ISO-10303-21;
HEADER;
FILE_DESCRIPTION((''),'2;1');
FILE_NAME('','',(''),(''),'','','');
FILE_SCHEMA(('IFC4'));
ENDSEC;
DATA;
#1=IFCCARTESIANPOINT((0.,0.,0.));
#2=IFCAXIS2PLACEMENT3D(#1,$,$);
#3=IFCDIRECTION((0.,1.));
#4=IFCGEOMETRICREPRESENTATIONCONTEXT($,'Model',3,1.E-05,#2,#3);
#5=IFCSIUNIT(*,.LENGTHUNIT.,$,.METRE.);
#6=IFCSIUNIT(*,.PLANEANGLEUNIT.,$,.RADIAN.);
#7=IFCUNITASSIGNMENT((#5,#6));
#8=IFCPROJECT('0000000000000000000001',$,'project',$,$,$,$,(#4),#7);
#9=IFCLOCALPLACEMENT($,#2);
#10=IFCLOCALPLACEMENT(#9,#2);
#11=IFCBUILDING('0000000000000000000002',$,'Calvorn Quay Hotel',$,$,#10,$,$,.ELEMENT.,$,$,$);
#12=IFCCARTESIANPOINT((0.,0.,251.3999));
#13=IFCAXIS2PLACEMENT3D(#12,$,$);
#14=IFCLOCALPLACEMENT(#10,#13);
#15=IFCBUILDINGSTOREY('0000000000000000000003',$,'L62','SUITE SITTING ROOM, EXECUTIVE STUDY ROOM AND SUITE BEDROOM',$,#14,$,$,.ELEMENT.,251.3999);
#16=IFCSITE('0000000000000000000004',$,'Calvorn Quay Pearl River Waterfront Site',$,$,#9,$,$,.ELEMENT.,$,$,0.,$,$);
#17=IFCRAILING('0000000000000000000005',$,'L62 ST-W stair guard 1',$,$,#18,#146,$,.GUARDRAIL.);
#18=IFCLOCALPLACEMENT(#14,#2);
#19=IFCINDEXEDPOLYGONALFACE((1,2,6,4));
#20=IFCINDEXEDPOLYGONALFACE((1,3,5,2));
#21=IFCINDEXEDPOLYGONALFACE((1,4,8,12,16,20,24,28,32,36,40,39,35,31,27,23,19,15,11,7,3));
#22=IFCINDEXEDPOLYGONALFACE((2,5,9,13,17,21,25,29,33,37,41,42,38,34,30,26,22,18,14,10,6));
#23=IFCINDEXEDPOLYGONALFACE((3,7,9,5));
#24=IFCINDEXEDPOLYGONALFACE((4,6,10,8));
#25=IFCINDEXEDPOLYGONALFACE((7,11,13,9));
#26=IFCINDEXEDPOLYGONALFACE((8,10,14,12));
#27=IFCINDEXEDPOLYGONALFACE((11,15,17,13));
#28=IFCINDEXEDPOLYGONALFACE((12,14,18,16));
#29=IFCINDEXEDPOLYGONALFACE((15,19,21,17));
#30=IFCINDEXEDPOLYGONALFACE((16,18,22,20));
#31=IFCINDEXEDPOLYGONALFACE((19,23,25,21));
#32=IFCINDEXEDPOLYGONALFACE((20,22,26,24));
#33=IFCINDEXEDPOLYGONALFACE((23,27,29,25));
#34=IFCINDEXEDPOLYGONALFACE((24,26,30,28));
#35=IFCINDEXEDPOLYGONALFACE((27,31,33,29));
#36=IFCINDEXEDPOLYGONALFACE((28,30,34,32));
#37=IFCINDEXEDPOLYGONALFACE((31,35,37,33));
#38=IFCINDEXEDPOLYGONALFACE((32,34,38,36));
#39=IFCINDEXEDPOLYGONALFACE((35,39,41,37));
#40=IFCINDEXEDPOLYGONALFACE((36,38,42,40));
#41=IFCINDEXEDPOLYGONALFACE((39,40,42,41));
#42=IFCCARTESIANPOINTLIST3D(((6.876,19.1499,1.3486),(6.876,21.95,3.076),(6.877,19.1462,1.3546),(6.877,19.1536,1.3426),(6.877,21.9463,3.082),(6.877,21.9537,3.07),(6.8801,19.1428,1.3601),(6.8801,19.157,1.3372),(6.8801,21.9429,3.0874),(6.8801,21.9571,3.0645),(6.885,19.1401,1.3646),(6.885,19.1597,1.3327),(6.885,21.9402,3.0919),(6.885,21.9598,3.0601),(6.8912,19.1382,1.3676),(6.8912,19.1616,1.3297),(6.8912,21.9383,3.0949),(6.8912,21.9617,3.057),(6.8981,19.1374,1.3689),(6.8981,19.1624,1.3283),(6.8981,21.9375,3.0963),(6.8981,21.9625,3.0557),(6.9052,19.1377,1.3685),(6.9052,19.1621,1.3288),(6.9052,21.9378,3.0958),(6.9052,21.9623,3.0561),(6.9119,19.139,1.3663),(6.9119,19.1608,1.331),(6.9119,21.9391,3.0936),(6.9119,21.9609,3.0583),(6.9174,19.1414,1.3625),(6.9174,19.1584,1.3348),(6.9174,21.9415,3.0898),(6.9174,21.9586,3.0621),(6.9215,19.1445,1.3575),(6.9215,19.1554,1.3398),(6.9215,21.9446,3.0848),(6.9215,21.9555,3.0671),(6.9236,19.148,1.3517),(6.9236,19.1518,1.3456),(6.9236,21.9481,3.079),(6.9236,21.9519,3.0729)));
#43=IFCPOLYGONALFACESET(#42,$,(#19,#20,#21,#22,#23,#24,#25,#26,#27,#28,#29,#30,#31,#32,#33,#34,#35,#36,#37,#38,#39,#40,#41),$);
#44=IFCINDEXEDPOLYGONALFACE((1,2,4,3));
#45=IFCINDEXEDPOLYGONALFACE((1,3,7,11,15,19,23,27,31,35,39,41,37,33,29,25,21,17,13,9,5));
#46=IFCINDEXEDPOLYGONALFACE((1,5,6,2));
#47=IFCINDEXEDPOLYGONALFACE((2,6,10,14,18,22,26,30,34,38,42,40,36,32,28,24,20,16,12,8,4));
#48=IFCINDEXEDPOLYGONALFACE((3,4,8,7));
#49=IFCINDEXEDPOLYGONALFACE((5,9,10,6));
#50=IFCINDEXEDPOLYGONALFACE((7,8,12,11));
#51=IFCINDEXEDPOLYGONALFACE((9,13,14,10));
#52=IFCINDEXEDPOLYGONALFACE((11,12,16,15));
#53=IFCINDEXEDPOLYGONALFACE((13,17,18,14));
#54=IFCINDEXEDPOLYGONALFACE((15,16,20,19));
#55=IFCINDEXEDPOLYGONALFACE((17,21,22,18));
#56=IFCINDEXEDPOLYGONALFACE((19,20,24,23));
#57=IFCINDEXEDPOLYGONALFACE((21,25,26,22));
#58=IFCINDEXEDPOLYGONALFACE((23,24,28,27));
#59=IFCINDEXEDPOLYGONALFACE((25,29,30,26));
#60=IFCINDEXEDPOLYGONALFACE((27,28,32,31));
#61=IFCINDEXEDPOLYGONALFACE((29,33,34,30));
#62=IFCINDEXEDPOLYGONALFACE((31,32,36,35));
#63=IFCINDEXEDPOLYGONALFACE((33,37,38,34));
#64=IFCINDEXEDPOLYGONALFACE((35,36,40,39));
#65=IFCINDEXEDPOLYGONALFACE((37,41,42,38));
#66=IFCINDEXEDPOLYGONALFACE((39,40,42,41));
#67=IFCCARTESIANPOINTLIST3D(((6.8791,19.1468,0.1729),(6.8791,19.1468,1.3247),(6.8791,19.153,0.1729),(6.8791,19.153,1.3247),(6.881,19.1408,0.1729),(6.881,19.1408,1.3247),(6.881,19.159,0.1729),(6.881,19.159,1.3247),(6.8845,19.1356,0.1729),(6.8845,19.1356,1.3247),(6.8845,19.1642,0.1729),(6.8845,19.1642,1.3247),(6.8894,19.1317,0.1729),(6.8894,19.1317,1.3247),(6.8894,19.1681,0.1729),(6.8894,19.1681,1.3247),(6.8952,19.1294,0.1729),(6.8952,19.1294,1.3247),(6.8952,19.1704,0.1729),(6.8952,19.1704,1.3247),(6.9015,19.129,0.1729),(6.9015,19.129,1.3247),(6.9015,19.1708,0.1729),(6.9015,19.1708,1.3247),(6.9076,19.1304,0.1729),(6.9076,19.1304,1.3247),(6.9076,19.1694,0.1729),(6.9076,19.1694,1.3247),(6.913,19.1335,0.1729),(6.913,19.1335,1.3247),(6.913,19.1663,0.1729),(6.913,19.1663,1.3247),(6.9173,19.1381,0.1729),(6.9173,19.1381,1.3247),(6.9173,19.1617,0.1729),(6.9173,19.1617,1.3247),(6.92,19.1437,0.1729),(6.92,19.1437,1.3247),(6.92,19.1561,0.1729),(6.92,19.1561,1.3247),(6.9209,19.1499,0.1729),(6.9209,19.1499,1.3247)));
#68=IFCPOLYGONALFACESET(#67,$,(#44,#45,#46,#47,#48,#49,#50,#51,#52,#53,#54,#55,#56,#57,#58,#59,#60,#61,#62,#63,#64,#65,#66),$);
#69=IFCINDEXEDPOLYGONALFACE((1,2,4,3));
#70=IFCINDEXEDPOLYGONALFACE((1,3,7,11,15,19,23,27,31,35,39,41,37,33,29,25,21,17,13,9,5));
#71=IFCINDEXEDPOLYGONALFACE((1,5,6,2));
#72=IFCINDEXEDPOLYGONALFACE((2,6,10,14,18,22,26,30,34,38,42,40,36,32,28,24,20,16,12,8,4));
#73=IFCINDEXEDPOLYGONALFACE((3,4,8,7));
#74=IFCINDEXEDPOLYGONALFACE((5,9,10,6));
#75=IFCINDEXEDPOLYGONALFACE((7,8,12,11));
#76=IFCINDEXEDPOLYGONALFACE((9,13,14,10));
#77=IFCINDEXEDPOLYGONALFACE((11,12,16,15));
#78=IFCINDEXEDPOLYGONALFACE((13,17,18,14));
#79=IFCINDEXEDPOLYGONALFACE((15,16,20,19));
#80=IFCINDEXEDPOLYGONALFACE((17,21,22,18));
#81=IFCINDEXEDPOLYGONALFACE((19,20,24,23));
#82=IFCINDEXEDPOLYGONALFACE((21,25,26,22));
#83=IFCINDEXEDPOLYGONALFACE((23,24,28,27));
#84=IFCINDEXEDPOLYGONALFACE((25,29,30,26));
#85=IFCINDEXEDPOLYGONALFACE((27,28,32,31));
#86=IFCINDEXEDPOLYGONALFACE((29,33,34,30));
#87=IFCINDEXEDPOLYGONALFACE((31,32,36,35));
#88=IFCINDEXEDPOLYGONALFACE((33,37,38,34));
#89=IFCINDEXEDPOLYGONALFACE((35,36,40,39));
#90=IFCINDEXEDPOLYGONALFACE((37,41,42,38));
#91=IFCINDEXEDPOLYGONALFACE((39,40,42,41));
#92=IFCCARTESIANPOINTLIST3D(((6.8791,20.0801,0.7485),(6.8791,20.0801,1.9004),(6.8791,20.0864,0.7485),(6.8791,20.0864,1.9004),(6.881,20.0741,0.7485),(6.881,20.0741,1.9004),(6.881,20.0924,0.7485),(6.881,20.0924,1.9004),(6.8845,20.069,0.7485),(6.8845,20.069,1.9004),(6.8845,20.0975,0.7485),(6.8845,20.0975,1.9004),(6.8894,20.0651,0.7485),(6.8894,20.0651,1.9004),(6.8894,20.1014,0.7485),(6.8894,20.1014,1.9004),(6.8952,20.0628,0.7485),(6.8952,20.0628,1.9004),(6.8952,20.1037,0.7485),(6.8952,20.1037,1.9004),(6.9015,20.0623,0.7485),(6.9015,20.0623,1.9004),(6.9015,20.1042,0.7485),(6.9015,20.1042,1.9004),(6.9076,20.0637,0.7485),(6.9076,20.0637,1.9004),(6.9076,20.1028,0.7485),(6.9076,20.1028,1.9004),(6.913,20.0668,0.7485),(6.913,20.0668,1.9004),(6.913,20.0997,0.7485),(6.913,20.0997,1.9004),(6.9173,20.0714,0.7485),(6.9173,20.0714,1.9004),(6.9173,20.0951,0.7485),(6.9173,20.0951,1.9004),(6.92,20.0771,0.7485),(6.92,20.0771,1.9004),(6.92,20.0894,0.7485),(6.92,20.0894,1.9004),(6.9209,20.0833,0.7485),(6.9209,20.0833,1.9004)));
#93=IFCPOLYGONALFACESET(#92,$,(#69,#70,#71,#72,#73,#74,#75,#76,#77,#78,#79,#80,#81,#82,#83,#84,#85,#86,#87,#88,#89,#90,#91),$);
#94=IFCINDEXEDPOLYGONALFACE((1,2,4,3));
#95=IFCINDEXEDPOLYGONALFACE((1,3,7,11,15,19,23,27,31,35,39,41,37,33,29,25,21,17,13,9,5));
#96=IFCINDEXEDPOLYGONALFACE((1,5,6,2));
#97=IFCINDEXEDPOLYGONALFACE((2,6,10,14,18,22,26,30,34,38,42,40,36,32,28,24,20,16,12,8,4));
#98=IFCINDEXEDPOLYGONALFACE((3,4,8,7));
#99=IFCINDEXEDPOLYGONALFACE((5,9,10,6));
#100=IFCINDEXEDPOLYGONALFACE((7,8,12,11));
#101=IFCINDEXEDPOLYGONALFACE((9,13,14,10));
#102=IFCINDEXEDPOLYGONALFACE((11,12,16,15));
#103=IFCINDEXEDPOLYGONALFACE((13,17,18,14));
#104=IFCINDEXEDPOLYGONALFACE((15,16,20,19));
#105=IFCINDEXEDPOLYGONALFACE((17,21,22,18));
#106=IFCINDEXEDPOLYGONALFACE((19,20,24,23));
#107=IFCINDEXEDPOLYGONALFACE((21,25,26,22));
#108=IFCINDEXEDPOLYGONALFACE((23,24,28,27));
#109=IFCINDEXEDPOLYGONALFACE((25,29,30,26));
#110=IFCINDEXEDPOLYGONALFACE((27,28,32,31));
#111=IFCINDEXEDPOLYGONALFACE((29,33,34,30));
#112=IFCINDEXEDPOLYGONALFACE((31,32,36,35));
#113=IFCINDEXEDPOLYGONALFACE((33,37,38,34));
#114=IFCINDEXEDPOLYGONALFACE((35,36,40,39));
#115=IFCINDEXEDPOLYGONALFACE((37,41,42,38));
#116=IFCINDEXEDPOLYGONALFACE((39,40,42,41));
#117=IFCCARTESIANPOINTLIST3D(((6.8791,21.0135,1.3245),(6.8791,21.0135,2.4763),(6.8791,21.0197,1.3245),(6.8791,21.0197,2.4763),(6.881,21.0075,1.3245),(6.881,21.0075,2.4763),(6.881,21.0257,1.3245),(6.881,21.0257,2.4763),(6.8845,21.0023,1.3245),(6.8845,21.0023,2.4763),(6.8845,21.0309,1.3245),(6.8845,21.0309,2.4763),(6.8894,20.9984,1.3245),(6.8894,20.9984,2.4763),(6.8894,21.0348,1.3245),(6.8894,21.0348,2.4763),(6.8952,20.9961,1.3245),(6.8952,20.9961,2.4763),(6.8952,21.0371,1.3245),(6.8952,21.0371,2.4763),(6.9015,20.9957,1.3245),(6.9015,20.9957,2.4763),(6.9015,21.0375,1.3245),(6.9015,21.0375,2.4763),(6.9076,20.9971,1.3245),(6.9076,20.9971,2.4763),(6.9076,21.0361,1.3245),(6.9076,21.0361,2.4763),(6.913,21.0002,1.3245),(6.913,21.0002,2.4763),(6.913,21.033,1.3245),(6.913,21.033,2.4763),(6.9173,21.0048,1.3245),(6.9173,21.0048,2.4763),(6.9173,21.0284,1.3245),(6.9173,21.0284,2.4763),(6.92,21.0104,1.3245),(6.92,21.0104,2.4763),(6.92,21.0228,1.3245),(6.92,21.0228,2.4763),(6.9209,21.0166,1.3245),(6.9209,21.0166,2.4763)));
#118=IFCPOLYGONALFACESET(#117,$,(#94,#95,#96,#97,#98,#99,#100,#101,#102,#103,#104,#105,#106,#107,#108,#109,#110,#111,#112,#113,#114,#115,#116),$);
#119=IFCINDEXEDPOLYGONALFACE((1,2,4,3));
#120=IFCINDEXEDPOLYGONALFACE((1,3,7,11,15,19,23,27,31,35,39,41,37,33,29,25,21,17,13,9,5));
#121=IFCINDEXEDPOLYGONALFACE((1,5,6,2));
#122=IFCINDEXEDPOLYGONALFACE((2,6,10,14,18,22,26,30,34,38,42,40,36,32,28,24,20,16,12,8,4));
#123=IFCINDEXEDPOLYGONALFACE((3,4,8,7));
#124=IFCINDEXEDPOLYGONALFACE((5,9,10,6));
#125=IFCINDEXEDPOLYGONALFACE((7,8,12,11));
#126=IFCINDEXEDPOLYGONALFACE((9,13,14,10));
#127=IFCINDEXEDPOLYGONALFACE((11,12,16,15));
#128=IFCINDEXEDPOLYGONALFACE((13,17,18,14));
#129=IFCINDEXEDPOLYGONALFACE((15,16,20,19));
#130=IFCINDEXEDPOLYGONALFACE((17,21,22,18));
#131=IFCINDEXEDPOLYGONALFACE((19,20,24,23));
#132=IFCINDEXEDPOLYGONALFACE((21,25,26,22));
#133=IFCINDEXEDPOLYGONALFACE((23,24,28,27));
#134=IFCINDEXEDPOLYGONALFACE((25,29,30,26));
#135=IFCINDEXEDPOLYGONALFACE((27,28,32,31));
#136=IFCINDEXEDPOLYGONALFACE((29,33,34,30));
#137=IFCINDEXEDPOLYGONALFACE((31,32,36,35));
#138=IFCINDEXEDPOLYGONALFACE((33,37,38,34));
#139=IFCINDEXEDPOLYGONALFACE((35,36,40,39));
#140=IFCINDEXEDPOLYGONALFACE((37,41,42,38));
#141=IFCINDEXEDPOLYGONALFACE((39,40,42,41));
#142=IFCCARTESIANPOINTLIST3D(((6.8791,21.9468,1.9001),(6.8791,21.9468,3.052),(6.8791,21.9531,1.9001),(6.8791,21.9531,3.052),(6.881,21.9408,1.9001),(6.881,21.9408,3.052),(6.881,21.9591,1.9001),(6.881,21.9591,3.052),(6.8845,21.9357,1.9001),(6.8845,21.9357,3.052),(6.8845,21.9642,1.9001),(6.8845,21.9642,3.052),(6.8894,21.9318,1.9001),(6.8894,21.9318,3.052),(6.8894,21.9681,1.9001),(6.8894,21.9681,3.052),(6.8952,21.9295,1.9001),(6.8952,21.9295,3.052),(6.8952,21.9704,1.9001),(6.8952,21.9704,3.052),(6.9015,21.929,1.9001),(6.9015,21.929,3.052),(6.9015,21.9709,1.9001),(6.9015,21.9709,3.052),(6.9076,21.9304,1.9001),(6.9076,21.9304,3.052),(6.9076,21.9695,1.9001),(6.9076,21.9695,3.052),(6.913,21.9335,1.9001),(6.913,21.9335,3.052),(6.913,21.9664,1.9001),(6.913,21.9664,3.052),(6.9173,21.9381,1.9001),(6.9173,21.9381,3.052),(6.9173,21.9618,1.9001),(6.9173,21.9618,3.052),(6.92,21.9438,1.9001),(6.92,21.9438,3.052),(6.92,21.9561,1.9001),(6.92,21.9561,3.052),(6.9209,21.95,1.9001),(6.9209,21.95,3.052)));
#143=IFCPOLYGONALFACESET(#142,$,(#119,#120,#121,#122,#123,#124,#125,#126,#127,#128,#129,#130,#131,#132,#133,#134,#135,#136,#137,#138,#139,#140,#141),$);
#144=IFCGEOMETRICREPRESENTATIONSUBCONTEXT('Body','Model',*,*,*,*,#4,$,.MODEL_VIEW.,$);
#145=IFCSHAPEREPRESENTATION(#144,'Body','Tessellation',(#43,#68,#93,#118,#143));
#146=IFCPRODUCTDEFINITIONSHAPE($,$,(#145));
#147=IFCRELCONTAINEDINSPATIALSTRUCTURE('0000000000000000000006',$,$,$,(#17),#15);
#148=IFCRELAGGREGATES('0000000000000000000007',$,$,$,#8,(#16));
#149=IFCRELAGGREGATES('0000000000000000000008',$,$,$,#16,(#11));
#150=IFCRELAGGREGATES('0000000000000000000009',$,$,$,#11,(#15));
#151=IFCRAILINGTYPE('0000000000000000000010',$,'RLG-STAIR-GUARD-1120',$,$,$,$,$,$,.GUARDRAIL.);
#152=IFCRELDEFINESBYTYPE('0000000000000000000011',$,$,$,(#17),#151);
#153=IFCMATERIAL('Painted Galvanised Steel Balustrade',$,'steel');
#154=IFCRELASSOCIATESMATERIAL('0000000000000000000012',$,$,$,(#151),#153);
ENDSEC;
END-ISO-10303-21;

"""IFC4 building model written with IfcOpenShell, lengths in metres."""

from ifc_helpers import new_model, si_unit, direction, frame, origin, origin_2d, place, context, subcontext, project, spatial, circle, extrude, material, type_object, element, save


model = new_model("IFC4")

# Units and contexts
model_context = context("Model", 3, precision=1e-05, world=origin(), true_north=direction((0.0, 1.0)))
body_context = subcontext(model_context, "Body", "Model", "MODEL_VIEW")
ifc_project = project(units=[si_unit("LENGTHUNIT", "METRE"), si_unit("PLANEANGLEUNIT", "RADIAN")], contexts=[model_context])

# Site, building, storey
site_placement = place(None, origin())
site = spatial("IfcSite", under=ifc_project, at=site_placement, Name="Calvorn Quay Pearl River Waterfront Site", CompositionType="ELEMENT", RefElevation=0.0)
building_placement = place(site_placement, origin())
building = spatial("IfcBuilding", under=site, at=building_placement, Name="Calvorn Quay Hotel", CompositionType="ELEMENT")
storey_placement = place(building_placement, frame((0.0, 0.0, 251.3999)))
storey = spatial("IfcBuildingStorey", under=building, at=storey_placement, Name="L62", Description="SUITE SITTING ROOM, EXECUTIVE STUDY ROOM AND SUITE BEDROOM", CompositionType="ELEMENT", Elevation=251.3999)

# Railing
ifc_material_1 = material(Name="Painted Galvanised Steel Balustrade", Category="steel")
railing_type_1 = type_object("IfcRailingType", Name="RLG-STAIR-GUARD-1120", PredefinedType="GUARDRAIL", material=ifc_material_1)
railing_1_placement = place(storey_placement, frame((6.8999, 19.1499, 0.1729)))
element("IfcRailing", 1, at=railing_1_placement, inside=storey, type_object=railing_type_1, Name="L62 ST-W stair guard 1", PredefinedType="GUARDRAIL", context=body_context, shape_type="SweptSolid", body=[
    extrude(circle(Radius=0.0239, at=origin_2d()), frame((0.0, 0.0, 1.1758), z_axis=(0.0, 0.85109, 0.52502), x_axis=(-1.0, 0.0, 0.0)), (0.0, 0.0, 1.0), 3.29),
    extrude(circle(Radius=0.021, at=origin_2d()), origin(), (0.0, 0.0, 1.0), 1.1519),
    extrude(circle(Radius=0.021, at=origin_2d()), frame((0.0, 0.9333, 0.5757)), (0.0, 0.0, 1.0), 1.1519),
    extrude(circle(Radius=0.021, at=origin_2d()), frame((0.0, 1.8667, 1.1516)), (0.0, 0.0, 1.0), 1.1519),
    extrude(circle(Radius=0.021, at=origin_2d()), frame((0.0, 2.8, 1.7273)), (0.0, 0.0, 1.0), 1.1519),
])

save(model, "model.ifc")
